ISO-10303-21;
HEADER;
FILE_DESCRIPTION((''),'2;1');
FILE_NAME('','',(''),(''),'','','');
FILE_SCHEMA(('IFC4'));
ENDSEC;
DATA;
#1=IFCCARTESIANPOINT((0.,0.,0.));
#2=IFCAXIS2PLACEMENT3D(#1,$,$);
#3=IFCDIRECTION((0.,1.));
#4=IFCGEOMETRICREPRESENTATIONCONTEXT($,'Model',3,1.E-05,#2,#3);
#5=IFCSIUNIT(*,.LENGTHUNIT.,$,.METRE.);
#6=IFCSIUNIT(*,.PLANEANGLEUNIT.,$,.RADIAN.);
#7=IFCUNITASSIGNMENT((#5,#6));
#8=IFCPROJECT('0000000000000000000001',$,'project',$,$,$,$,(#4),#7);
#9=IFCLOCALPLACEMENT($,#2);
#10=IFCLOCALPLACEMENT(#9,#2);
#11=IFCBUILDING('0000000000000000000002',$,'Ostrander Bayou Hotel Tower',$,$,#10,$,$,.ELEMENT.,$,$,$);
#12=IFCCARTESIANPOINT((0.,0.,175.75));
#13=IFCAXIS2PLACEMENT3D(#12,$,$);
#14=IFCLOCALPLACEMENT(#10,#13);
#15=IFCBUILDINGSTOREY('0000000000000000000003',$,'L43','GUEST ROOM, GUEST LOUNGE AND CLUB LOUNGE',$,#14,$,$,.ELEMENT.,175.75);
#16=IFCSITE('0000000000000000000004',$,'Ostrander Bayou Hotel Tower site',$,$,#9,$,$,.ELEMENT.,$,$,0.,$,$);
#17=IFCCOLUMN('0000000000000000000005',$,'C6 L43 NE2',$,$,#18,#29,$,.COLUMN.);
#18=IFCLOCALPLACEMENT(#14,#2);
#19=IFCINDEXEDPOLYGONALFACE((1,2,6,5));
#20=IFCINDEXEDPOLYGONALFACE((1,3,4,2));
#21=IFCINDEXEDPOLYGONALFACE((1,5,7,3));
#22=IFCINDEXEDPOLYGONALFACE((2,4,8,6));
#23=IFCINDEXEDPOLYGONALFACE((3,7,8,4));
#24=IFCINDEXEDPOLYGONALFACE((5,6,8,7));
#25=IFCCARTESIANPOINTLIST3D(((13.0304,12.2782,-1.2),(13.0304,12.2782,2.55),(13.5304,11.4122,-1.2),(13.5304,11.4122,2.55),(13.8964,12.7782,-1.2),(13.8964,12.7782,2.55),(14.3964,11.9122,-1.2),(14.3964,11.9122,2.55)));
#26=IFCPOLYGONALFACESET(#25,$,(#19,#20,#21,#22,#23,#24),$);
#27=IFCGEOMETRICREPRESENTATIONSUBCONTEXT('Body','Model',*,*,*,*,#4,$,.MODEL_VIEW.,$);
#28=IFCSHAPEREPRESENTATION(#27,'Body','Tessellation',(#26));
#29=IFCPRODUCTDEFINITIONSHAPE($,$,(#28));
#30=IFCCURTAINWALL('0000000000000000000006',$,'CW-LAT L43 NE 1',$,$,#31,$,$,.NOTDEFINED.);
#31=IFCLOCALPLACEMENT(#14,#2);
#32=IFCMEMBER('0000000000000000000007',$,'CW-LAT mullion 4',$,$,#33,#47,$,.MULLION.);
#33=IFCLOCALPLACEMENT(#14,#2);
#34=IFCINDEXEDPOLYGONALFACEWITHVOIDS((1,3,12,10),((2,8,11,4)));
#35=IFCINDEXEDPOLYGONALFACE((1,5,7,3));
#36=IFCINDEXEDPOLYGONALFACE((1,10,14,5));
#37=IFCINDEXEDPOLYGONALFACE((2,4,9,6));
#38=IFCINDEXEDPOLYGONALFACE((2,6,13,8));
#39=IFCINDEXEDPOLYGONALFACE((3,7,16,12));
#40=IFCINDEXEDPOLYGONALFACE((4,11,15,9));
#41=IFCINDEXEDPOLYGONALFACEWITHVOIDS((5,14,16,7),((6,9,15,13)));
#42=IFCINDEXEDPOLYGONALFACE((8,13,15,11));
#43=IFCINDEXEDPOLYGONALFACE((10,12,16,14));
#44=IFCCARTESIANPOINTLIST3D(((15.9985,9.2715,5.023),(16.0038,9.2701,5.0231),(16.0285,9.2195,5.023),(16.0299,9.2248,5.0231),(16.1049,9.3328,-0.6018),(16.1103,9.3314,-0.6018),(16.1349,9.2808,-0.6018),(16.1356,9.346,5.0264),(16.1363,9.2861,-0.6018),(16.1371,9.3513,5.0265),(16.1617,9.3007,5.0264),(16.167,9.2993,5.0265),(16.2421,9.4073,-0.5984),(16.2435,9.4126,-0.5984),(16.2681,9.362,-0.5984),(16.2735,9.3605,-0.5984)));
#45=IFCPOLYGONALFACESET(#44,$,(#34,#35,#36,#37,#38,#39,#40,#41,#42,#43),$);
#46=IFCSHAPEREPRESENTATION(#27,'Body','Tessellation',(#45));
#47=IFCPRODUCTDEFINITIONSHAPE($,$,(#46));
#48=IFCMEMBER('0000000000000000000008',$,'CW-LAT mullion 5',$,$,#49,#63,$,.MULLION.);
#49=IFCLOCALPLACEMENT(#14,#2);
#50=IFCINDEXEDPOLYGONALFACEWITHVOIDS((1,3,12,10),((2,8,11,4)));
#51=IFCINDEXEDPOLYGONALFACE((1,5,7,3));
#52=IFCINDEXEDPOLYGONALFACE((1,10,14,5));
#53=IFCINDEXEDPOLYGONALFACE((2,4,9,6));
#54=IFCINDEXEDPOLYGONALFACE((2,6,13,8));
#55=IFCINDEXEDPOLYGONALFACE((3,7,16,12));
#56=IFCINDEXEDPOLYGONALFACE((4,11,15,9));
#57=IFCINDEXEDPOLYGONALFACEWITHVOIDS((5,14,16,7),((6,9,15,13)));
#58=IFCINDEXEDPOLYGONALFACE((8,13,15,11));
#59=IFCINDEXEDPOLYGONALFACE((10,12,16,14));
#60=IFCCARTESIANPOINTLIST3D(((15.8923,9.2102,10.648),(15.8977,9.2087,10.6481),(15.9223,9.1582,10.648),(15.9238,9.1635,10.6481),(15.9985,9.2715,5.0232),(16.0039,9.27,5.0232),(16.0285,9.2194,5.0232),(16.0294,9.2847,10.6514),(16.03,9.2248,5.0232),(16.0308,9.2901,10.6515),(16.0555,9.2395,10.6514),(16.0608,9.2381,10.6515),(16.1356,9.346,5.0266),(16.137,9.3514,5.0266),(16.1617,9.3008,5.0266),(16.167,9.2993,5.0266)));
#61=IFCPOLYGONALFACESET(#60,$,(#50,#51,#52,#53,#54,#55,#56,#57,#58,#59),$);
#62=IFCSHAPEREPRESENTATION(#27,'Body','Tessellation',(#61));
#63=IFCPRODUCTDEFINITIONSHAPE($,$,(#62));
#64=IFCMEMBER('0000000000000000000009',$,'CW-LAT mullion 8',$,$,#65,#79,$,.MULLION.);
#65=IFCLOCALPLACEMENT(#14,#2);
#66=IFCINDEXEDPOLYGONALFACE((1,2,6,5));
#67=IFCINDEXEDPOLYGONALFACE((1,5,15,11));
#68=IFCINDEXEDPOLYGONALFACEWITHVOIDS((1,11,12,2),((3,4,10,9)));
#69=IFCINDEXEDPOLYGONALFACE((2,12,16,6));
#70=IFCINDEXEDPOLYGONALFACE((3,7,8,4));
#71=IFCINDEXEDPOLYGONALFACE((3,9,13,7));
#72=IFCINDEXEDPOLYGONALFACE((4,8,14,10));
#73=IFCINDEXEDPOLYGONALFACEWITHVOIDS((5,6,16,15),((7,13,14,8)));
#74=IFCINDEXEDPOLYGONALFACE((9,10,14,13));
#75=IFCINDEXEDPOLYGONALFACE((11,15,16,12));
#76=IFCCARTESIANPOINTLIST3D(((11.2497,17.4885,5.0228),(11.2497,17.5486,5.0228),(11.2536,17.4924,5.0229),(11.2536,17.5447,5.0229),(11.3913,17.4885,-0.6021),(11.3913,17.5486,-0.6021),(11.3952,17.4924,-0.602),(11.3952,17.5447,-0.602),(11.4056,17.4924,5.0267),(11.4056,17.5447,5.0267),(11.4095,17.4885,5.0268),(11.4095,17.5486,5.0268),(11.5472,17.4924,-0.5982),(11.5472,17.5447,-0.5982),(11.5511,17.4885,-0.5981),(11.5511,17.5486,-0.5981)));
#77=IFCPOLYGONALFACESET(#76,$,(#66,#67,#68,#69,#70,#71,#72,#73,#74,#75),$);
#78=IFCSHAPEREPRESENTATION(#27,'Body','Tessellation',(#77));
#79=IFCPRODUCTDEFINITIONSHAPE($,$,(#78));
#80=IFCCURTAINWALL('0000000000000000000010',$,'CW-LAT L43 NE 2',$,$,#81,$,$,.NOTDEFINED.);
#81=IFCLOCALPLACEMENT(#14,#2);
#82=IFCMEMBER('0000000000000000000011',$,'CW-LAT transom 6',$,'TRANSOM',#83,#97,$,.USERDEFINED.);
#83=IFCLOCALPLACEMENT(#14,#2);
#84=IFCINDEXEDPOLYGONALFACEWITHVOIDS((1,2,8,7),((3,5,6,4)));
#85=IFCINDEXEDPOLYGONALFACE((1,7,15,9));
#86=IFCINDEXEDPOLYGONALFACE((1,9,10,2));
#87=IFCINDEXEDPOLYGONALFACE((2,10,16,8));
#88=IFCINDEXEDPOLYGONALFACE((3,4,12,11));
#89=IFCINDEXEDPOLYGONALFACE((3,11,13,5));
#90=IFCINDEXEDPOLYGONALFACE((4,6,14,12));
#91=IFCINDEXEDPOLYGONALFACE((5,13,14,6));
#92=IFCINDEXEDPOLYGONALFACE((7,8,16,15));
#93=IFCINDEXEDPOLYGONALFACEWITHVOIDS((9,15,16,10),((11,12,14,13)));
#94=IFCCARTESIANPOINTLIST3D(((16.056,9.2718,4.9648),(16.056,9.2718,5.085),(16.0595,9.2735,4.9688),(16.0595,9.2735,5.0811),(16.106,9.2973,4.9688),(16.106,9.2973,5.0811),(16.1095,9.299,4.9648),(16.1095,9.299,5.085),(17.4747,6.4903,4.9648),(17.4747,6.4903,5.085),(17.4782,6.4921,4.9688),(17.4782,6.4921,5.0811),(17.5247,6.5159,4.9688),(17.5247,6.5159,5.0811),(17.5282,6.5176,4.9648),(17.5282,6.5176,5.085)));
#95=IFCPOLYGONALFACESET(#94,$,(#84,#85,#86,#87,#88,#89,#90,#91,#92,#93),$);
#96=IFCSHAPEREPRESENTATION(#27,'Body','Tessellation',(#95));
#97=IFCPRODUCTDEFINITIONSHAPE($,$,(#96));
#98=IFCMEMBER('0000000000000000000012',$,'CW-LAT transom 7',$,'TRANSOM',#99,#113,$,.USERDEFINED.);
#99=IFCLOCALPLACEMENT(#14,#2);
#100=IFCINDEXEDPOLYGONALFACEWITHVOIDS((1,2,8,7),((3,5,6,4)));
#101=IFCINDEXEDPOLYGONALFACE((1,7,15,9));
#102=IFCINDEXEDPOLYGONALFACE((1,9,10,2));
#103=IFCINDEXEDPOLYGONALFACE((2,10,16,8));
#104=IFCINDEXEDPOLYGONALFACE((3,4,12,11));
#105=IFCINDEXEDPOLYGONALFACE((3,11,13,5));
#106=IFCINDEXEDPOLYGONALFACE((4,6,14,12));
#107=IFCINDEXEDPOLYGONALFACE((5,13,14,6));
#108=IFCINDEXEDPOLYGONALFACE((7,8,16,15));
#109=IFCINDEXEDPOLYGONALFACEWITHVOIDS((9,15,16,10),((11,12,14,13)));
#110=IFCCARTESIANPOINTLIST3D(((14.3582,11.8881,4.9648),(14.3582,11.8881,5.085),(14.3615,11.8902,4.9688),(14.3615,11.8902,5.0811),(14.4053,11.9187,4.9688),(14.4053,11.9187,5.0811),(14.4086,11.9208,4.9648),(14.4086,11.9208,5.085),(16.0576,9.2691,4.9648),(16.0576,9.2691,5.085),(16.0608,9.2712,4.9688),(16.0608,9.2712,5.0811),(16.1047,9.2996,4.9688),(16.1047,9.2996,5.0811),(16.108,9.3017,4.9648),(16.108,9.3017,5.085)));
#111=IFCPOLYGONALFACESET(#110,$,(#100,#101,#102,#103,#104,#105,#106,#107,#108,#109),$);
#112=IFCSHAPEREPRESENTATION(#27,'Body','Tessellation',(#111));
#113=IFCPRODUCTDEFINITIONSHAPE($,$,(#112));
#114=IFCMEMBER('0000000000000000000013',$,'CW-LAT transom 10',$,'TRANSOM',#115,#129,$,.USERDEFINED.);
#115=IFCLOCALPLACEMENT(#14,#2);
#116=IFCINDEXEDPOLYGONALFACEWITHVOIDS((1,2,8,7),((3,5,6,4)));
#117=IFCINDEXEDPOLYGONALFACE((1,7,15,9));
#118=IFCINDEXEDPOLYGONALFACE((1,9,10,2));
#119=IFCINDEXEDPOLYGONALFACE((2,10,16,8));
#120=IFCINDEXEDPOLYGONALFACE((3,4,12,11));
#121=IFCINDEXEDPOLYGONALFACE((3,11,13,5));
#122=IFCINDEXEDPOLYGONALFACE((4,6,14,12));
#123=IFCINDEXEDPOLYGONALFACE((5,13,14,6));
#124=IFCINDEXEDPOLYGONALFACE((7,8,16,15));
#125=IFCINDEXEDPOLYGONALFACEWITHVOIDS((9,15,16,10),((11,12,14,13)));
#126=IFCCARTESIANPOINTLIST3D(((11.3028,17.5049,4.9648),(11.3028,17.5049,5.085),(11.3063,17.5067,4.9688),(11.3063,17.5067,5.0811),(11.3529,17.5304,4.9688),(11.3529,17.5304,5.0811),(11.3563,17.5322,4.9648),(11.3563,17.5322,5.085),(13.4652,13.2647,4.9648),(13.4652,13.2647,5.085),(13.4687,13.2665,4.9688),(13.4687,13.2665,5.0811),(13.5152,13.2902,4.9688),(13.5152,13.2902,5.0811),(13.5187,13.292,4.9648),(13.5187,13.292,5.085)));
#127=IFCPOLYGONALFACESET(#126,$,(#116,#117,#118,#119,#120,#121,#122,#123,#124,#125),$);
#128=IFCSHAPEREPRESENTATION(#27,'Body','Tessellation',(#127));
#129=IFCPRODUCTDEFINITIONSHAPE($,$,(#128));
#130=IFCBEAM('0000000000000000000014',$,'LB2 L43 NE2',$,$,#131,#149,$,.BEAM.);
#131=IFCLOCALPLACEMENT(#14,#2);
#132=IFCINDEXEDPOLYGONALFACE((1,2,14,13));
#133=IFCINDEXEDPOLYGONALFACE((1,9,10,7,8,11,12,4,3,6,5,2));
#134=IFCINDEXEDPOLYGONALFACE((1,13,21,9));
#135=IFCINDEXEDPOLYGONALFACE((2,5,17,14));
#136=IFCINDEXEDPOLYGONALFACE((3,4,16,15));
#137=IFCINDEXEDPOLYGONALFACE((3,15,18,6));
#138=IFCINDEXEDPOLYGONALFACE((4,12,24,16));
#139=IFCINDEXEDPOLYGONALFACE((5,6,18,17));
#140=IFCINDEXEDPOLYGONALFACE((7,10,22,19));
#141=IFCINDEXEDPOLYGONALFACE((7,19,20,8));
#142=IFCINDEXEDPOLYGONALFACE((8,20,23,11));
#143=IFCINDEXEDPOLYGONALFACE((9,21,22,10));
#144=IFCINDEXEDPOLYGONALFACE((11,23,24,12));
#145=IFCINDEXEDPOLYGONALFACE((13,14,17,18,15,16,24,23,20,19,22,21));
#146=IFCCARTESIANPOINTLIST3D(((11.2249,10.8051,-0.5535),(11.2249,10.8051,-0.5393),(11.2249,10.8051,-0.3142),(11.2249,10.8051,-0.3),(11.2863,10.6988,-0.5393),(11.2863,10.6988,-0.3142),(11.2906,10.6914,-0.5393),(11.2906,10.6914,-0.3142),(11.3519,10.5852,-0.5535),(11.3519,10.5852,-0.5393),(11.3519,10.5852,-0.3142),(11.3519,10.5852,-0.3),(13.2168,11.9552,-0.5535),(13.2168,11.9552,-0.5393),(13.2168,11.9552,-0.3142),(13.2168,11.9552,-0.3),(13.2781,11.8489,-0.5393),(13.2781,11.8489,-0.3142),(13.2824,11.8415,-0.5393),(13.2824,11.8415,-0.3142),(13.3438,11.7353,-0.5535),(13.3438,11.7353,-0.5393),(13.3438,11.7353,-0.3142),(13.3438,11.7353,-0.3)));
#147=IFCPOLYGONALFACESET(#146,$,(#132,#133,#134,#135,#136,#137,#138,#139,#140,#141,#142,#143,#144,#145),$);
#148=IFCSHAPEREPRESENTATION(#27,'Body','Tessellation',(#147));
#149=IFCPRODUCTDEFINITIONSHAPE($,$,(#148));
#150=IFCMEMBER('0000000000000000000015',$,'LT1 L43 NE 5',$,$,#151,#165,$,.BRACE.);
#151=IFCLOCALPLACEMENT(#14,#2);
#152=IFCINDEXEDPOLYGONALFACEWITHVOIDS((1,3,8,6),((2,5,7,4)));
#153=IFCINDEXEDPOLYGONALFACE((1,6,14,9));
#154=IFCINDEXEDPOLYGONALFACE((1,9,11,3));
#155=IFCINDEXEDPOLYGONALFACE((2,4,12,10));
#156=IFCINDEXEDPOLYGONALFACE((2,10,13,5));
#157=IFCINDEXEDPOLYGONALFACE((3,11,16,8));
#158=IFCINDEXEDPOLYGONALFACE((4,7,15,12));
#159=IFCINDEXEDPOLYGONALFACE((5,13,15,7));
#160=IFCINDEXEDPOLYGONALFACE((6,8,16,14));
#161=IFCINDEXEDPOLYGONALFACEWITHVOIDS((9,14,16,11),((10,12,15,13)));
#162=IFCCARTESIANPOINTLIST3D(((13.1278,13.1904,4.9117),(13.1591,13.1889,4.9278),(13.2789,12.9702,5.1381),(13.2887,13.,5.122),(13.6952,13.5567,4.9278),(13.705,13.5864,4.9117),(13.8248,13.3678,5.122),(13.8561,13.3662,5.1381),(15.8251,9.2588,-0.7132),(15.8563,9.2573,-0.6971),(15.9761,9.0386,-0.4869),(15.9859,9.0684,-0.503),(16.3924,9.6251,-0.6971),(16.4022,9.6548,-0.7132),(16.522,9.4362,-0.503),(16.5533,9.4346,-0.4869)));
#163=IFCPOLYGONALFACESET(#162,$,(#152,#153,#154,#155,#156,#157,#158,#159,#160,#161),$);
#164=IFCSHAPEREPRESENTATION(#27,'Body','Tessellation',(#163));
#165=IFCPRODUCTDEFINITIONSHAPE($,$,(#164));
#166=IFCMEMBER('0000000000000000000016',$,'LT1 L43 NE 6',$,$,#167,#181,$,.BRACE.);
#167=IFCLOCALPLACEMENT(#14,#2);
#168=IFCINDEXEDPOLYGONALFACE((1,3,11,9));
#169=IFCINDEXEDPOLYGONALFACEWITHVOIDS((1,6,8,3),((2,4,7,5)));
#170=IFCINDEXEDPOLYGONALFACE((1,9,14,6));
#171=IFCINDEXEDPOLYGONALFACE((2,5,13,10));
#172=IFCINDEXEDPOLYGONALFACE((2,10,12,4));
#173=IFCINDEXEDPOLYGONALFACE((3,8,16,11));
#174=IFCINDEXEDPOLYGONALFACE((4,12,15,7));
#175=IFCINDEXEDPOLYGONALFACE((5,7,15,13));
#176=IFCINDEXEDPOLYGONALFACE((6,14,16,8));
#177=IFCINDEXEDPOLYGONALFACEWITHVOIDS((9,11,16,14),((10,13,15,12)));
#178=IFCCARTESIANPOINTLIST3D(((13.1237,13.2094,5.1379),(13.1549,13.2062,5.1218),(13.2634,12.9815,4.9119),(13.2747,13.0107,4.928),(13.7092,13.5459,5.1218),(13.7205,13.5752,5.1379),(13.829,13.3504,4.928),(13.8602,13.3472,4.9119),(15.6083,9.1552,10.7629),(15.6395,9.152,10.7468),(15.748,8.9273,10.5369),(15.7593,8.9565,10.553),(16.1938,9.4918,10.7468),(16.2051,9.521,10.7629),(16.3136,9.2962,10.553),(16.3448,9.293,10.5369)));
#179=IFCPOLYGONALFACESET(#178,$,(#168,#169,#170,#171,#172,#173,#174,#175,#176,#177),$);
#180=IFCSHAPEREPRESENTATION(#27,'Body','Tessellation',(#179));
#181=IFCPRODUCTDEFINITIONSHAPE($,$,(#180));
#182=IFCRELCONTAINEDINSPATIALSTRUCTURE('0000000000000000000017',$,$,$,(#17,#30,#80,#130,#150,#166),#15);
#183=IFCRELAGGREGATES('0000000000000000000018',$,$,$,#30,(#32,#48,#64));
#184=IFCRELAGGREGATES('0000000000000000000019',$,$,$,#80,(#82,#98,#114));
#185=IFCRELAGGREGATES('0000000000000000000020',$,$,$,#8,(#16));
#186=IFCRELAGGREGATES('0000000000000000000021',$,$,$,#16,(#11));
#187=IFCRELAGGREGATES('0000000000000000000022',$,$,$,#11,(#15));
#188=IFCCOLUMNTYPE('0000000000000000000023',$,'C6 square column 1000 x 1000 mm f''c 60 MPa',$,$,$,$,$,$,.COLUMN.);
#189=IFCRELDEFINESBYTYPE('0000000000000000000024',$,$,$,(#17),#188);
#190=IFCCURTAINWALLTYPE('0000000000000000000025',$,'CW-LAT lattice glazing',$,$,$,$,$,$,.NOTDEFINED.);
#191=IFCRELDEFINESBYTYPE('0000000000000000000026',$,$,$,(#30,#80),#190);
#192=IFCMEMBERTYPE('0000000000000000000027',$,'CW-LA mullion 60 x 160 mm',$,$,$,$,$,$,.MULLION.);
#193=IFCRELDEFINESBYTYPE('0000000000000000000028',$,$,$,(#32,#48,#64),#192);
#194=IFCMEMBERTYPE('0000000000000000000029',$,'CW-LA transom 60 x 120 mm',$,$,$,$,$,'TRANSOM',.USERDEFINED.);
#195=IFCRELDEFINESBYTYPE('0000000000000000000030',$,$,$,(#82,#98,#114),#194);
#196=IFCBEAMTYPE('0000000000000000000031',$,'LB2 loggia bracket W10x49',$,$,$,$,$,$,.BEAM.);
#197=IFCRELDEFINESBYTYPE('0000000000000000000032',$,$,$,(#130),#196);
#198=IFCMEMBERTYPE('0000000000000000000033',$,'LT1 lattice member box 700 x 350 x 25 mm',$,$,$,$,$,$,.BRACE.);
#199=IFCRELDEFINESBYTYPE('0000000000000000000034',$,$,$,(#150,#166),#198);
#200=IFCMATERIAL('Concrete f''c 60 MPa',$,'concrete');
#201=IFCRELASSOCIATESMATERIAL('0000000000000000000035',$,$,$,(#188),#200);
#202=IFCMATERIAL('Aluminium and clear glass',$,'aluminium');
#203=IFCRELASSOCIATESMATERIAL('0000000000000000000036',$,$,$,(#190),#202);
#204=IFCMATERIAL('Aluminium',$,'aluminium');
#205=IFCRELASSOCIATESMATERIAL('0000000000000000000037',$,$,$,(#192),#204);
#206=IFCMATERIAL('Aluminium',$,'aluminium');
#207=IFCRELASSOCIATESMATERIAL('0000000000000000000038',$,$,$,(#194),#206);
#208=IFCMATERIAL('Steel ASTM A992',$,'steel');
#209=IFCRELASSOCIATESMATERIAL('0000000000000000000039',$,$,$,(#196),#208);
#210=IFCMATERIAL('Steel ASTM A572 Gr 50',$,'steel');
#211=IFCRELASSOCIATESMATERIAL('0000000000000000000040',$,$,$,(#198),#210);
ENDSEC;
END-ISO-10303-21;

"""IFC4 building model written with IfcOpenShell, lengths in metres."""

from ifc_helpers import new_model, si_unit, direction, frame, origin, origin_2d, place, context, subcontext, project, spatial, rectangle, hollow_rectangle, i_section, extrude, material, material_profile, profile_set, type_object, element, aggregate, save


model = new_model("IFC4")

# Units and contexts
model_context = context("Model", 3, precision=1e-05, world=origin(), true_north=direction((0.0, 1.0)))
body_context = subcontext(model_context, "Body", "Model", "MODEL_VIEW")
ifc_project = project(units=[si_unit("LENGTHUNIT", "METRE"), si_unit("PLANEANGLEUNIT", "RADIAN")], contexts=[model_context])

# Site, building, storey
site_placement = place(None, origin())
site = spatial("IfcSite", under=ifc_project, at=site_placement, Name="Ostrander Bayou Hotel Tower site", CompositionType="ELEMENT", RefElevation=0.0)
building_placement = place(site_placement, origin())
building = spatial("IfcBuilding", under=site, at=building_placement, Name="Ostrander Bayou Hotel Tower", CompositionType="ELEMENT")
storey_placement = place(building_placement, frame((0.0, 0.0, 175.75)))
storey = spatial("IfcBuildingStorey", under=building, at=storey_placement, Name="L43", Description="GUEST ROOM, GUEST LOUNGE AND CLUB LOUNGE", CompositionType="ELEMENT", Elevation=175.75)

# Column
ifc_material_1 = material(Name="Concrete f'c 60 MPa", Category="concrete")
ifc_material_profile_1 = material_profile(ifc_material_1, rectangle(XDim=1.0, YDim=1.0, at=origin_2d()))
ifc_profile_set_1 = profile_set([ifc_material_profile_1], Name="Concrete f'c 60 MPa")
column_type = type_object("IfcColumnType", Name="C6 square column 1000 x 1000 mm f'c 60 MPa", PredefinedType="COLUMN", material=ifc_profile_set_1)
column_placement = place(storey_placement, frame((13.7134, 12.0952, -1.2), z_axis=(0.0, 0.0, 1.0), x_axis=(0.5, -0.866025, 0.0)))
element("IfcColumn", 1, at=column_placement, inside=storey, type_object=column_type, Name="C6 L43 NE2", PredefinedType="COLUMN", context=body_context, shape_type="SweptSolid", body=[
    extrude(rectangle(XDim=1.0, YDim=1.0, at=origin_2d()), origin(), (0.0, 0.0, 1.0), 3.75),
])

# Curtain walls, members
ifc_material_2 = material(Name="Aluminium and clear glass", Category="aluminium")
curtain_wall_type = type_object("IfcCurtainWallType", Name="CW-LAT lattice glazing", PredefinedType="NOTDEFINED", material=ifc_material_2)
curtain_wall_1_placement = place(storey_placement, origin())
curtain_wall_1 = element("IfcCurtainWall", 2, at=curtain_wall_1_placement, inside=storey, type_object=curtain_wall_type, Name="CW-LAT L43 NE 1", PredefinedType="NOTDEFINED")
ifc_material_3 = material(Name="Aluminium", Category="aluminium")
ifc_material_profile_2 = material_profile(ifc_material_3, hollow_rectangle(XDim=0.0601, YDim=0.1599, WallThickness=0.0039, at=origin_2d()))
ifc_profile_set_2 = profile_set([ifc_material_profile_2], Name="Aluminium")
member_type_1 = type_object("IfcMemberType", Name="CW-LA mullion 60 x 160 mm", PredefinedType="MULLION", material=ifc_profile_set_2)
member_1_placement = place(storey_placement, frame((16.1892, 9.3467, -0.6001), z_axis=(-0.018919, -0.010892, 0.999762), x_axis=(0.498919, -0.866649, 0.0)))
member_1 = element("IfcMember", 3, at=member_1_placement, type_object=member_type_1, Name="CW-LAT mullion 4", PredefinedType="MULLION", context=body_context, shape_type="SweptSolid", body=[
    extrude(hollow_rectangle(XDim=0.0601, YDim=0.1599, WallThickness=0.0039, at=origin_2d()), origin(), (0.0, 0.0, 1.0), 5.6262),
])
member_2_placement = place(storey_placement, frame((16.0828, 9.2854, 5.0249), z_axis=(-0.018876, -0.010892, 0.999763), x_axis=(0.49978, -0.866152, 0.0)))
member_2 = element("IfcMember", 4, at=member_2_placement, type_object=member_type_1, Name="CW-LAT mullion 5", PredefinedType="MULLION", context=body_context, shape_type="SweptSolid", body=[
    extrude(hollow_rectangle(XDim=0.0601, YDim=0.1599, WallThickness=0.0039, at=origin_2d()), origin(), (0.0, 0.0, 1.0), 5.6262),
])
member_3_placement = place(storey_placement, frame((11.4712, 17.5186, -0.6001), z_axis=(-0.025166, 0.0, 0.999683), x_axis=(0.0, -1.0, 0.0)))
member_3 = element("IfcMember", 5, at=member_3_placement, type_object=member_type_1, Name="CW-LAT mullion 8", PredefinedType="MULLION", context=body_context, shape_type="SweptSolid", body=[
    extrude(hollow_rectangle(XDim=0.0601, YDim=0.1599, WallThickness=0.0039, at=origin_2d()), origin(), (0.0, 0.0, 1.0), 5.6267),
])
curtain_wall_2_placement = place(storey_placement, origin())
curtain_wall_2 = element("IfcCurtainWall", 6, at=curtain_wall_2_placement, inside=storey, type_object=curtain_wall_type, Name="CW-LAT L43 NE 2", PredefinedType="NOTDEFINED")
ifc_material_4 = material(Name="Aluminium", Category="aluminium")
ifc_material_profile_3 = material_profile(ifc_material_4, hollow_rectangle(XDim=0.0601, YDim=0.1201, WallThickness=0.0039, at=origin_2d()))
ifc_profile_set_3 = profile_set([ifc_material_profile_3], Name="Aluminium")
member_type_2 = type_object("IfcMemberType", Name="CW-LA transom 60 x 120 mm", ElementType="TRANSOM", PredefinedType="USERDEFINED", material=ifc_profile_set_3)
member_4_placement = place(storey_placement, frame((16.0828, 9.2854, 5.0249), z_axis=(0.454361, -0.890817, 0.0), x_axis=(0.890817, 0.454361, 0.0)))
member_4 = element("IfcMember", 7, at=member_4_placement, type_object=member_type_2, Name="CW-LAT transom 6", ObjectType="TRANSOM", PredefinedType="USERDEFINED", context=body_context, shape_type="SweptSolid", body=[
    extrude(hollow_rectangle(XDim=0.0601, YDim=0.1201, WallThickness=0.0039, at=origin_2d()), origin(), (0.0, 0.0, 1.0), 3.1223),
])
member_5_placement = place(storey_placement, frame((16.0828, 9.2854, 5.0249), z_axis=(-0.544318, 0.838879, 0.0), x_axis=(-0.838879, -0.544318, 0.0)))
member_5 = element("IfcMember", 8, at=member_5_placement, type_object=member_type_2, Name="CW-LAT transom 7", ObjectType="TRANSOM", PredefinedType="USERDEFINED", context=body_context, shape_type="SweptSolid", body=[
    extrude(hollow_rectangle(XDim=0.0601, YDim=0.1201, WallThickness=0.0039, at=origin_2d()), origin(), (0.0, 0.0, 1.0), 3.1221),
])
member_6_placement = place(storey_placement, frame((11.3296, 17.5186, 5.0249), z_axis=(0.454298, -0.89085, 0.0), x_axis=(0.89085, 0.454298, 0.0)))
member_6 = element("IfcMember", 9, at=member_6_placement, type_object=member_type_2, Name="CW-LAT transom 10", ObjectType="TRANSOM", PredefinedType="USERDEFINED", context=body_context, shape_type="SweptSolid", body=[
    extrude(hollow_rectangle(XDim=0.0601, YDim=0.1201, WallThickness=0.0039, at=origin_2d()), origin(), (0.0, 0.0, 1.0), 4.7598),
])

# Beam
ifc_material_5 = material(Name="Steel ASTM A992", Category="steel")
ifc_material_profile_4 = material_profile(ifc_material_5, i_section(OverallWidth=0.2539, OverallDepth=0.2534, WebThickness=0.0085, FlangeThickness=0.0142, at=origin_2d()))
ifc_profile_set_4 = profile_set([ifc_material_profile_4], Name="Steel ASTM A992")
beam_type_1 = type_object("IfcBeamType", Name="LB2 loggia bracket W10x49", PredefinedType="BEAM", material=ifc_profile_set_4)
beam_1_placement = place(storey_placement, frame((13.2803, 11.8452, -0.4268), z_axis=(-0.866007, -0.500032, 0.0), x_axis=(0.500032, -0.866007, 0.0)))
element("IfcBeam", 10, at=beam_1_placement, inside=storey, type_object=beam_type_1, Name="LB2 L43 NE2", PredefinedType="BEAM", context=body_context, shape_type="SweptSolid", body=[
    extrude(i_section(OverallWidth=0.2539, OverallDepth=0.2534, WebThickness=0.0085, FlangeThickness=0.0142, at=origin_2d()), origin(), (0.0, 0.0, 1.0), 2.3),
])

# Members
ifc_material_6 = material(Name="Steel ASTM A572 Gr 50", Category="steel")
ifc_material_profile_5 = material_profile(ifc_material_6, hollow_rectangle(XDim=0.7, YDim=0.3501, WallThickness=0.0249, at=origin_2d()))
ifc_profile_set_5 = profile_set([ifc_material_profile_5], Name="Steel ASTM A572 Gr 50")
member_type_3 = type_object("IfcMemberType", Name="LT1 lattice member box 700 x 350 x 25 mm", PredefinedType="BRACE", material=ifc_profile_set_5)
member_7_placement = place(storey_placement, frame((13.4919, 13.2783, 5.0249), z_axis=(0.365788, -0.533187, -0.762831), x_axis=(0.824603, 0.565711, 0.0)))
element("IfcMember", 11, at=member_7_placement, inside=storey, type_object=member_type_3, Name="LT1 L43 NE 5", PredefinedType="BRACE", context=body_context, shape_type="SweptSolid", body=[
    extrude(hollow_rectangle(XDim=0.7, YDim=0.3501, WallThickness=0.0249, at=origin_2d()), origin(), (0.0, 0.0, 1.0), 7.3738),
])
member_8_placement = place(storey_placement, frame((13.4919, 13.2783, 5.0249), z_axis=(0.337332, -0.550431, 0.763696), x_axis=(0.852621, 0.52253, 0.0)))
element("IfcMember", 12, at=member_8_placement, inside=storey, type_object=member_type_3, Name="LT1 L43 NE 6", PredefinedType="BRACE", context=body_context, shape_type="SweptSolid", body=[
    extrude(hollow_rectangle(XDim=0.7, YDim=0.3501, WallThickness=0.0249, at=origin_2d()), origin(), (0.0, 0.0, 1.0), 7.3655),
])

aggregate(curtain_wall_1, [member_1, member_2, member_3])
aggregate(curtain_wall_2, [member_4, member_5, member_6])

save(model, "model.ifc")
